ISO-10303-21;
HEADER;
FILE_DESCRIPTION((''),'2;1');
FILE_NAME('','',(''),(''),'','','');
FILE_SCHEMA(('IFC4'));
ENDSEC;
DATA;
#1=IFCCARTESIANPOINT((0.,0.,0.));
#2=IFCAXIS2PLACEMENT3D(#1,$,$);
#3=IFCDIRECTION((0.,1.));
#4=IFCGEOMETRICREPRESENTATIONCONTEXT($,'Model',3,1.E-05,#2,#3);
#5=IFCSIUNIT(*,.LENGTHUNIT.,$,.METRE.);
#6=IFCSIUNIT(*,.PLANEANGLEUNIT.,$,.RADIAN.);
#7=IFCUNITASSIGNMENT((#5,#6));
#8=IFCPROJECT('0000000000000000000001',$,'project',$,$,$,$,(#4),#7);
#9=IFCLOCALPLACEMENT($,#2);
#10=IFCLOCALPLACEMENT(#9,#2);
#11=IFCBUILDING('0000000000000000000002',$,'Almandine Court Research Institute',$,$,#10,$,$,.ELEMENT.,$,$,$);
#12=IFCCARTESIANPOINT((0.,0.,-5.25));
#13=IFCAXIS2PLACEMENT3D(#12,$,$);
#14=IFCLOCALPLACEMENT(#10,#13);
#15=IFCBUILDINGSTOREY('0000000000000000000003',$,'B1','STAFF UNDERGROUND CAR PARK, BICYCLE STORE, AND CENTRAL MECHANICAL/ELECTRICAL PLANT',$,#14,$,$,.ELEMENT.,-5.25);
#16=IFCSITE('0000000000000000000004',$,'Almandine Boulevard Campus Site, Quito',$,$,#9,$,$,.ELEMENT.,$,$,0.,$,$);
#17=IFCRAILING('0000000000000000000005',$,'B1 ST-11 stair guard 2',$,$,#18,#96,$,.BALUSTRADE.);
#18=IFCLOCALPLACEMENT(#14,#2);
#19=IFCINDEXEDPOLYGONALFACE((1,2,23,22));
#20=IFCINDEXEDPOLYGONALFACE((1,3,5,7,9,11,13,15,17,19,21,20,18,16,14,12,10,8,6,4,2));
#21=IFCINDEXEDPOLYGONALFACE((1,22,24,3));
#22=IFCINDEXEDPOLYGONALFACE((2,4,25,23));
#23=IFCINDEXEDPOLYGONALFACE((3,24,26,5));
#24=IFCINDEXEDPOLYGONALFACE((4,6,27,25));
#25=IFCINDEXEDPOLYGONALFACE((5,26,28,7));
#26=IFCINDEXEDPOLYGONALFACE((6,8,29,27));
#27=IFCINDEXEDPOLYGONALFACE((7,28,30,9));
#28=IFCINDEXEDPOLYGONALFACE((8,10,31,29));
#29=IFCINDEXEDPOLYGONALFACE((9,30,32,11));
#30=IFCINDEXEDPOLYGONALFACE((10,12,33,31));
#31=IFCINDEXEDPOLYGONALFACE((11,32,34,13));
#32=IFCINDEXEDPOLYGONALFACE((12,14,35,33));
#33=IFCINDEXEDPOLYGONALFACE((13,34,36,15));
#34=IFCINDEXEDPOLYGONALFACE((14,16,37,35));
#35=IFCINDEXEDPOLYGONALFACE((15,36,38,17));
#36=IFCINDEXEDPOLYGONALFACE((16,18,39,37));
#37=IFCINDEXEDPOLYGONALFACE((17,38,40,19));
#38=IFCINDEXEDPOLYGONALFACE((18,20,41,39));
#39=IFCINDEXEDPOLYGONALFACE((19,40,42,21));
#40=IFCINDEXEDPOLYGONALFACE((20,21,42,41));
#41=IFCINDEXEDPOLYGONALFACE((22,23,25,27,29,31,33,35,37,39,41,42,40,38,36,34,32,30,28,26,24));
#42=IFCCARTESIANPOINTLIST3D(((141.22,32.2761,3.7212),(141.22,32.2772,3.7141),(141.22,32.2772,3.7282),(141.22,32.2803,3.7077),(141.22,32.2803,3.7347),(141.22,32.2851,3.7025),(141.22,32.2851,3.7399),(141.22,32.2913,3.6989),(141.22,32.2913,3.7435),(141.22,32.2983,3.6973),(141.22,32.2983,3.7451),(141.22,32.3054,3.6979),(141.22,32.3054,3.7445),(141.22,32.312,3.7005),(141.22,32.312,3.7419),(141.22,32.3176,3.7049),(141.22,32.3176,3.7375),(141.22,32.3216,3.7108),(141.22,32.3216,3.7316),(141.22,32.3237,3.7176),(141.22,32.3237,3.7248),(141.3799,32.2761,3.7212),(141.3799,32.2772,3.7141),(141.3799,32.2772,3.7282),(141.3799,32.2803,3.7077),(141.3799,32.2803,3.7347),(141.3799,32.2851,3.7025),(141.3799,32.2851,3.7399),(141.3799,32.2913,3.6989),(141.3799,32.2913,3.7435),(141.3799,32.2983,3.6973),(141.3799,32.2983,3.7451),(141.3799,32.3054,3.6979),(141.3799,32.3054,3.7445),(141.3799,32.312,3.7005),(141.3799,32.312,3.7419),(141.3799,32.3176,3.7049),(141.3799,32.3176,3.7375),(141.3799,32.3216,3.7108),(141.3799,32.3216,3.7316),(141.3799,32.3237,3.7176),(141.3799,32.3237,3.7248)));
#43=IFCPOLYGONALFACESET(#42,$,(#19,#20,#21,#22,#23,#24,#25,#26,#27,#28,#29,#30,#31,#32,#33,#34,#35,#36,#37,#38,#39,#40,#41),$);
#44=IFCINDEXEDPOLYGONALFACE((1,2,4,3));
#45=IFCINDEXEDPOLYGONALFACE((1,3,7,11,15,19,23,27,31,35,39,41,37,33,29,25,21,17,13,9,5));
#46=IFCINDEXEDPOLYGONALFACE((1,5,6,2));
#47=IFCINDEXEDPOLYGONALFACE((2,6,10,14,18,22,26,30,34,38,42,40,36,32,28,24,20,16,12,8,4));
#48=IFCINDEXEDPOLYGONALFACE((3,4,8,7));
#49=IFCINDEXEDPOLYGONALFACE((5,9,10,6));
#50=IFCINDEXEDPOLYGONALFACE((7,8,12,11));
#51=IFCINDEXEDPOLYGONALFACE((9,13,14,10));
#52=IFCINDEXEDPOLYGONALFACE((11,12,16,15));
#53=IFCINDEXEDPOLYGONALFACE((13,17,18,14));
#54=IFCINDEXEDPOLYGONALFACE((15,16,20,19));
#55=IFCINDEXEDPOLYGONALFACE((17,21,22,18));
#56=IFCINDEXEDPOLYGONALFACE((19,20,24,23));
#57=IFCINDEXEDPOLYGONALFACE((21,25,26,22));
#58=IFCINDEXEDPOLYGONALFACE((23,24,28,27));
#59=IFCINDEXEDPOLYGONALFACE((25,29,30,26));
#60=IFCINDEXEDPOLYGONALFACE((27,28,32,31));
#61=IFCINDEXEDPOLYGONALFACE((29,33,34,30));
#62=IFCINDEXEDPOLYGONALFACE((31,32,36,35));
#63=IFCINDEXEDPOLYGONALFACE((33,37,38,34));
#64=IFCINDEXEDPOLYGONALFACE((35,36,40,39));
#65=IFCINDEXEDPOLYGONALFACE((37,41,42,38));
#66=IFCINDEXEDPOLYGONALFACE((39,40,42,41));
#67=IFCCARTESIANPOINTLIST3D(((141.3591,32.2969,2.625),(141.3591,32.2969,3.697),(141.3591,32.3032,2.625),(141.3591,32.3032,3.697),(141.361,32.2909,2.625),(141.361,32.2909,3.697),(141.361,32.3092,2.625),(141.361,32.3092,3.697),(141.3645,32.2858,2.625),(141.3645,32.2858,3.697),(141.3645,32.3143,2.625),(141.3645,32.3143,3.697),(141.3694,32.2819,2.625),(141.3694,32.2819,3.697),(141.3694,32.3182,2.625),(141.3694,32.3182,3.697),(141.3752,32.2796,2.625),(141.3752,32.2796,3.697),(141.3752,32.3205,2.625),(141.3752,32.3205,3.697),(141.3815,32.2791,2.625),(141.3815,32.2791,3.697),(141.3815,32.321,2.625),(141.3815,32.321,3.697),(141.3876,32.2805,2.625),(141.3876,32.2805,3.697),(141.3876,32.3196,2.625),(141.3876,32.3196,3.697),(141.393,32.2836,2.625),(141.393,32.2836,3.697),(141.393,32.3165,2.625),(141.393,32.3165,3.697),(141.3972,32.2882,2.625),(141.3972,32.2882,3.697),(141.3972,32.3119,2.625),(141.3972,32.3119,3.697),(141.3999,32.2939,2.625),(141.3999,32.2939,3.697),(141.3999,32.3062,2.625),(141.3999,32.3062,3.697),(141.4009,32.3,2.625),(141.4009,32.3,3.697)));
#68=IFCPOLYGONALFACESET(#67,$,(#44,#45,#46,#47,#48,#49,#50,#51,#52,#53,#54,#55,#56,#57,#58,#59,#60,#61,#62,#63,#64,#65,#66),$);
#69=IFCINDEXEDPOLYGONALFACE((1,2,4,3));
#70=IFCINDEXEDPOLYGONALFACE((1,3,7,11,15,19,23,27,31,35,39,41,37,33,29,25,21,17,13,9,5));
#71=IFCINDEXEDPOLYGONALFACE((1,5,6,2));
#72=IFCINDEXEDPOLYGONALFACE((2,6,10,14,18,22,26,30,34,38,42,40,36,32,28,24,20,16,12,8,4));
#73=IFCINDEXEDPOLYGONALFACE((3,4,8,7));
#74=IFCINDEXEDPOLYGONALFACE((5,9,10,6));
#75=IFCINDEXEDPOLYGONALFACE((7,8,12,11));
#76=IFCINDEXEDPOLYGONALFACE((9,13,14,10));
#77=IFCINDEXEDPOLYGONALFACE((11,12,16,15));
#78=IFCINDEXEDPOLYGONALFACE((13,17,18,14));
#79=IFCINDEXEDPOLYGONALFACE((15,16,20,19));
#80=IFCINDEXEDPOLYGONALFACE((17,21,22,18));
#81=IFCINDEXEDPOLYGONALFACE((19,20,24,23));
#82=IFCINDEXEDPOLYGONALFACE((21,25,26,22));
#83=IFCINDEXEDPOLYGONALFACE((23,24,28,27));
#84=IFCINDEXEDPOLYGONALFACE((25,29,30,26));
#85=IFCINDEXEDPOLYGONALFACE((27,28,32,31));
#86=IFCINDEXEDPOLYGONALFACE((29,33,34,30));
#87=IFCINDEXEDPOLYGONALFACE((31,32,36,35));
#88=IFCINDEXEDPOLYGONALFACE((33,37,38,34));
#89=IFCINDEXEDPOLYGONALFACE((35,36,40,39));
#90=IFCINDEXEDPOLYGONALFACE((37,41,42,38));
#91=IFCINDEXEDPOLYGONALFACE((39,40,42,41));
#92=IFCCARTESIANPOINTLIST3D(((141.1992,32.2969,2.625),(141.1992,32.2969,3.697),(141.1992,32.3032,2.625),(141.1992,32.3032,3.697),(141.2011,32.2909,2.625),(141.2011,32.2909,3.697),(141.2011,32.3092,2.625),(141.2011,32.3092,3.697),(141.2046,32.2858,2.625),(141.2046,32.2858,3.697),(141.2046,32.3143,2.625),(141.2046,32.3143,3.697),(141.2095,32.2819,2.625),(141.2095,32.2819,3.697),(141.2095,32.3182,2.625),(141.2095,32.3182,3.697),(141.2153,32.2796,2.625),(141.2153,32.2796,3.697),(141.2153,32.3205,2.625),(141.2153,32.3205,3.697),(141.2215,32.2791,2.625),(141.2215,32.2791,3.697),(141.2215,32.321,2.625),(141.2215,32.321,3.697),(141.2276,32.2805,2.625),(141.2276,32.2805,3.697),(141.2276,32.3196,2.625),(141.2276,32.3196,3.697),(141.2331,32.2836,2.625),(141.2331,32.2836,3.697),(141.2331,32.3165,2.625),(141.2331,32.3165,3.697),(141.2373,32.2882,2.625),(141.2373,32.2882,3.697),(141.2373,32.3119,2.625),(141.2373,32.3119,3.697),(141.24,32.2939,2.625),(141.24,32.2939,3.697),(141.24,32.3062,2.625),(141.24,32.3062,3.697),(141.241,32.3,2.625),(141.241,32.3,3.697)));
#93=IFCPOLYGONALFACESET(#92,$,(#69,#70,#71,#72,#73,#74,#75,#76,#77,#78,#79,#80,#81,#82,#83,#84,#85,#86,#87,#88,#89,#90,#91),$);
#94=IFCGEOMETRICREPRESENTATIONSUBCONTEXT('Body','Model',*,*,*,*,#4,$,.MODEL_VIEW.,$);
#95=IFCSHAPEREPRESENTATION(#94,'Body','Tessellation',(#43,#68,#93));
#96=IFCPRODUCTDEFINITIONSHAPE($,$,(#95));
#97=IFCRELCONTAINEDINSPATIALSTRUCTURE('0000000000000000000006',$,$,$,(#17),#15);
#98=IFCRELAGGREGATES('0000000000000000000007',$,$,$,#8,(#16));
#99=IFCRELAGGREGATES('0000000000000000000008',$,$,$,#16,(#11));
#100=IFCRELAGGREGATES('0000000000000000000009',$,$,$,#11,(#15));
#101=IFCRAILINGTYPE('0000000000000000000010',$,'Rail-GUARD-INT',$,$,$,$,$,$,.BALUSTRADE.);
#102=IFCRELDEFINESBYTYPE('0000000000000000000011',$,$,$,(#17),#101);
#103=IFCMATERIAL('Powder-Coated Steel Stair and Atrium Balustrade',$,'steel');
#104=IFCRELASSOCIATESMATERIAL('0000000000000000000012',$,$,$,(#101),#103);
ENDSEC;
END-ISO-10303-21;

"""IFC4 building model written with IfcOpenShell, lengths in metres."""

from ifc_helpers import new_model, si_unit, direction, frame, origin, origin_2d, place, context, subcontext, project, spatial, circle, extrude, material, type_object, element, save


model = new_model("IFC4")

# Units and contexts
model_context = context("Model", 3, precision=1e-05, world=origin(), true_north=direction((0.0, 1.0)))
body_context = subcontext(model_context, "Body", "Model", "MODEL_VIEW")
ifc_project = project(units=[si_unit("LENGTHUNIT", "METRE"), si_unit("PLANEANGLEUNIT", "RADIAN")], contexts=[model_context])

# Site, building, storey
site_placement = place(None, origin())
site = spatial("IfcSite", under=ifc_project, at=site_placement, Name="Almandine Boulevard Campus Site, Quito", CompositionType="ELEMENT", RefElevation=0.0)
building_placement = place(site_placement, origin())
building = spatial("IfcBuilding", under=site, at=building_placement, Name="Almandine Court Research Institute", CompositionType="ELEMENT")
storey_placement = place(building_placement, frame((0.0, 0.0, -5.25)))
storey = spatial("IfcBuildingStorey", under=building, at=storey_placement, Name="B1", Description="STAFF UNDERGROUND CAR PARK, BICYCLE STORE, AND CENTRAL MECHANICAL/ELECTRICAL PLANT", CompositionType="ELEMENT", Elevation=-5.25)

# Railing
ifc_material_1 = material(Name="Powder-Coated Steel Stair and Atrium Balustrade", Category="steel")
railing_type_1 = type_object("IfcRailingType", Name="Rail-GUARD-INT", PredefinedType="BALUSTRADE", material=ifc_material_1)
railing_1_placement = place(storey_placement, frame((141.3799, 32.3, 2.625)))
element("IfcRailing", 1, at=railing_1_placement, inside=storey, type_object=railing_type_1, Name="B1 ST-11 stair guard 2", PredefinedType="BALUSTRADE", context=body_context, shape_type="SweptSolid", body=[
    extrude(circle(Radius=0.0239, at=origin_2d()), frame((0.0, 0.0, 1.0962), z_axis=(-1.0, 0.0, 0.0), x_axis=(0.0, -1.0, 0.0)), (0.0, 0.0, 1.0), 0.1599),
    extrude(circle(Radius=0.021, at=origin_2d()), origin(), (0.0, 0.0, 1.0), 1.072),
    extrude(circle(Radius=0.021, at=origin_2d()), frame((-0.1599, 0.0, 0.0)), (0.0, 0.0, 1.0), 1.072),
])

save(model, "model.ifc")
